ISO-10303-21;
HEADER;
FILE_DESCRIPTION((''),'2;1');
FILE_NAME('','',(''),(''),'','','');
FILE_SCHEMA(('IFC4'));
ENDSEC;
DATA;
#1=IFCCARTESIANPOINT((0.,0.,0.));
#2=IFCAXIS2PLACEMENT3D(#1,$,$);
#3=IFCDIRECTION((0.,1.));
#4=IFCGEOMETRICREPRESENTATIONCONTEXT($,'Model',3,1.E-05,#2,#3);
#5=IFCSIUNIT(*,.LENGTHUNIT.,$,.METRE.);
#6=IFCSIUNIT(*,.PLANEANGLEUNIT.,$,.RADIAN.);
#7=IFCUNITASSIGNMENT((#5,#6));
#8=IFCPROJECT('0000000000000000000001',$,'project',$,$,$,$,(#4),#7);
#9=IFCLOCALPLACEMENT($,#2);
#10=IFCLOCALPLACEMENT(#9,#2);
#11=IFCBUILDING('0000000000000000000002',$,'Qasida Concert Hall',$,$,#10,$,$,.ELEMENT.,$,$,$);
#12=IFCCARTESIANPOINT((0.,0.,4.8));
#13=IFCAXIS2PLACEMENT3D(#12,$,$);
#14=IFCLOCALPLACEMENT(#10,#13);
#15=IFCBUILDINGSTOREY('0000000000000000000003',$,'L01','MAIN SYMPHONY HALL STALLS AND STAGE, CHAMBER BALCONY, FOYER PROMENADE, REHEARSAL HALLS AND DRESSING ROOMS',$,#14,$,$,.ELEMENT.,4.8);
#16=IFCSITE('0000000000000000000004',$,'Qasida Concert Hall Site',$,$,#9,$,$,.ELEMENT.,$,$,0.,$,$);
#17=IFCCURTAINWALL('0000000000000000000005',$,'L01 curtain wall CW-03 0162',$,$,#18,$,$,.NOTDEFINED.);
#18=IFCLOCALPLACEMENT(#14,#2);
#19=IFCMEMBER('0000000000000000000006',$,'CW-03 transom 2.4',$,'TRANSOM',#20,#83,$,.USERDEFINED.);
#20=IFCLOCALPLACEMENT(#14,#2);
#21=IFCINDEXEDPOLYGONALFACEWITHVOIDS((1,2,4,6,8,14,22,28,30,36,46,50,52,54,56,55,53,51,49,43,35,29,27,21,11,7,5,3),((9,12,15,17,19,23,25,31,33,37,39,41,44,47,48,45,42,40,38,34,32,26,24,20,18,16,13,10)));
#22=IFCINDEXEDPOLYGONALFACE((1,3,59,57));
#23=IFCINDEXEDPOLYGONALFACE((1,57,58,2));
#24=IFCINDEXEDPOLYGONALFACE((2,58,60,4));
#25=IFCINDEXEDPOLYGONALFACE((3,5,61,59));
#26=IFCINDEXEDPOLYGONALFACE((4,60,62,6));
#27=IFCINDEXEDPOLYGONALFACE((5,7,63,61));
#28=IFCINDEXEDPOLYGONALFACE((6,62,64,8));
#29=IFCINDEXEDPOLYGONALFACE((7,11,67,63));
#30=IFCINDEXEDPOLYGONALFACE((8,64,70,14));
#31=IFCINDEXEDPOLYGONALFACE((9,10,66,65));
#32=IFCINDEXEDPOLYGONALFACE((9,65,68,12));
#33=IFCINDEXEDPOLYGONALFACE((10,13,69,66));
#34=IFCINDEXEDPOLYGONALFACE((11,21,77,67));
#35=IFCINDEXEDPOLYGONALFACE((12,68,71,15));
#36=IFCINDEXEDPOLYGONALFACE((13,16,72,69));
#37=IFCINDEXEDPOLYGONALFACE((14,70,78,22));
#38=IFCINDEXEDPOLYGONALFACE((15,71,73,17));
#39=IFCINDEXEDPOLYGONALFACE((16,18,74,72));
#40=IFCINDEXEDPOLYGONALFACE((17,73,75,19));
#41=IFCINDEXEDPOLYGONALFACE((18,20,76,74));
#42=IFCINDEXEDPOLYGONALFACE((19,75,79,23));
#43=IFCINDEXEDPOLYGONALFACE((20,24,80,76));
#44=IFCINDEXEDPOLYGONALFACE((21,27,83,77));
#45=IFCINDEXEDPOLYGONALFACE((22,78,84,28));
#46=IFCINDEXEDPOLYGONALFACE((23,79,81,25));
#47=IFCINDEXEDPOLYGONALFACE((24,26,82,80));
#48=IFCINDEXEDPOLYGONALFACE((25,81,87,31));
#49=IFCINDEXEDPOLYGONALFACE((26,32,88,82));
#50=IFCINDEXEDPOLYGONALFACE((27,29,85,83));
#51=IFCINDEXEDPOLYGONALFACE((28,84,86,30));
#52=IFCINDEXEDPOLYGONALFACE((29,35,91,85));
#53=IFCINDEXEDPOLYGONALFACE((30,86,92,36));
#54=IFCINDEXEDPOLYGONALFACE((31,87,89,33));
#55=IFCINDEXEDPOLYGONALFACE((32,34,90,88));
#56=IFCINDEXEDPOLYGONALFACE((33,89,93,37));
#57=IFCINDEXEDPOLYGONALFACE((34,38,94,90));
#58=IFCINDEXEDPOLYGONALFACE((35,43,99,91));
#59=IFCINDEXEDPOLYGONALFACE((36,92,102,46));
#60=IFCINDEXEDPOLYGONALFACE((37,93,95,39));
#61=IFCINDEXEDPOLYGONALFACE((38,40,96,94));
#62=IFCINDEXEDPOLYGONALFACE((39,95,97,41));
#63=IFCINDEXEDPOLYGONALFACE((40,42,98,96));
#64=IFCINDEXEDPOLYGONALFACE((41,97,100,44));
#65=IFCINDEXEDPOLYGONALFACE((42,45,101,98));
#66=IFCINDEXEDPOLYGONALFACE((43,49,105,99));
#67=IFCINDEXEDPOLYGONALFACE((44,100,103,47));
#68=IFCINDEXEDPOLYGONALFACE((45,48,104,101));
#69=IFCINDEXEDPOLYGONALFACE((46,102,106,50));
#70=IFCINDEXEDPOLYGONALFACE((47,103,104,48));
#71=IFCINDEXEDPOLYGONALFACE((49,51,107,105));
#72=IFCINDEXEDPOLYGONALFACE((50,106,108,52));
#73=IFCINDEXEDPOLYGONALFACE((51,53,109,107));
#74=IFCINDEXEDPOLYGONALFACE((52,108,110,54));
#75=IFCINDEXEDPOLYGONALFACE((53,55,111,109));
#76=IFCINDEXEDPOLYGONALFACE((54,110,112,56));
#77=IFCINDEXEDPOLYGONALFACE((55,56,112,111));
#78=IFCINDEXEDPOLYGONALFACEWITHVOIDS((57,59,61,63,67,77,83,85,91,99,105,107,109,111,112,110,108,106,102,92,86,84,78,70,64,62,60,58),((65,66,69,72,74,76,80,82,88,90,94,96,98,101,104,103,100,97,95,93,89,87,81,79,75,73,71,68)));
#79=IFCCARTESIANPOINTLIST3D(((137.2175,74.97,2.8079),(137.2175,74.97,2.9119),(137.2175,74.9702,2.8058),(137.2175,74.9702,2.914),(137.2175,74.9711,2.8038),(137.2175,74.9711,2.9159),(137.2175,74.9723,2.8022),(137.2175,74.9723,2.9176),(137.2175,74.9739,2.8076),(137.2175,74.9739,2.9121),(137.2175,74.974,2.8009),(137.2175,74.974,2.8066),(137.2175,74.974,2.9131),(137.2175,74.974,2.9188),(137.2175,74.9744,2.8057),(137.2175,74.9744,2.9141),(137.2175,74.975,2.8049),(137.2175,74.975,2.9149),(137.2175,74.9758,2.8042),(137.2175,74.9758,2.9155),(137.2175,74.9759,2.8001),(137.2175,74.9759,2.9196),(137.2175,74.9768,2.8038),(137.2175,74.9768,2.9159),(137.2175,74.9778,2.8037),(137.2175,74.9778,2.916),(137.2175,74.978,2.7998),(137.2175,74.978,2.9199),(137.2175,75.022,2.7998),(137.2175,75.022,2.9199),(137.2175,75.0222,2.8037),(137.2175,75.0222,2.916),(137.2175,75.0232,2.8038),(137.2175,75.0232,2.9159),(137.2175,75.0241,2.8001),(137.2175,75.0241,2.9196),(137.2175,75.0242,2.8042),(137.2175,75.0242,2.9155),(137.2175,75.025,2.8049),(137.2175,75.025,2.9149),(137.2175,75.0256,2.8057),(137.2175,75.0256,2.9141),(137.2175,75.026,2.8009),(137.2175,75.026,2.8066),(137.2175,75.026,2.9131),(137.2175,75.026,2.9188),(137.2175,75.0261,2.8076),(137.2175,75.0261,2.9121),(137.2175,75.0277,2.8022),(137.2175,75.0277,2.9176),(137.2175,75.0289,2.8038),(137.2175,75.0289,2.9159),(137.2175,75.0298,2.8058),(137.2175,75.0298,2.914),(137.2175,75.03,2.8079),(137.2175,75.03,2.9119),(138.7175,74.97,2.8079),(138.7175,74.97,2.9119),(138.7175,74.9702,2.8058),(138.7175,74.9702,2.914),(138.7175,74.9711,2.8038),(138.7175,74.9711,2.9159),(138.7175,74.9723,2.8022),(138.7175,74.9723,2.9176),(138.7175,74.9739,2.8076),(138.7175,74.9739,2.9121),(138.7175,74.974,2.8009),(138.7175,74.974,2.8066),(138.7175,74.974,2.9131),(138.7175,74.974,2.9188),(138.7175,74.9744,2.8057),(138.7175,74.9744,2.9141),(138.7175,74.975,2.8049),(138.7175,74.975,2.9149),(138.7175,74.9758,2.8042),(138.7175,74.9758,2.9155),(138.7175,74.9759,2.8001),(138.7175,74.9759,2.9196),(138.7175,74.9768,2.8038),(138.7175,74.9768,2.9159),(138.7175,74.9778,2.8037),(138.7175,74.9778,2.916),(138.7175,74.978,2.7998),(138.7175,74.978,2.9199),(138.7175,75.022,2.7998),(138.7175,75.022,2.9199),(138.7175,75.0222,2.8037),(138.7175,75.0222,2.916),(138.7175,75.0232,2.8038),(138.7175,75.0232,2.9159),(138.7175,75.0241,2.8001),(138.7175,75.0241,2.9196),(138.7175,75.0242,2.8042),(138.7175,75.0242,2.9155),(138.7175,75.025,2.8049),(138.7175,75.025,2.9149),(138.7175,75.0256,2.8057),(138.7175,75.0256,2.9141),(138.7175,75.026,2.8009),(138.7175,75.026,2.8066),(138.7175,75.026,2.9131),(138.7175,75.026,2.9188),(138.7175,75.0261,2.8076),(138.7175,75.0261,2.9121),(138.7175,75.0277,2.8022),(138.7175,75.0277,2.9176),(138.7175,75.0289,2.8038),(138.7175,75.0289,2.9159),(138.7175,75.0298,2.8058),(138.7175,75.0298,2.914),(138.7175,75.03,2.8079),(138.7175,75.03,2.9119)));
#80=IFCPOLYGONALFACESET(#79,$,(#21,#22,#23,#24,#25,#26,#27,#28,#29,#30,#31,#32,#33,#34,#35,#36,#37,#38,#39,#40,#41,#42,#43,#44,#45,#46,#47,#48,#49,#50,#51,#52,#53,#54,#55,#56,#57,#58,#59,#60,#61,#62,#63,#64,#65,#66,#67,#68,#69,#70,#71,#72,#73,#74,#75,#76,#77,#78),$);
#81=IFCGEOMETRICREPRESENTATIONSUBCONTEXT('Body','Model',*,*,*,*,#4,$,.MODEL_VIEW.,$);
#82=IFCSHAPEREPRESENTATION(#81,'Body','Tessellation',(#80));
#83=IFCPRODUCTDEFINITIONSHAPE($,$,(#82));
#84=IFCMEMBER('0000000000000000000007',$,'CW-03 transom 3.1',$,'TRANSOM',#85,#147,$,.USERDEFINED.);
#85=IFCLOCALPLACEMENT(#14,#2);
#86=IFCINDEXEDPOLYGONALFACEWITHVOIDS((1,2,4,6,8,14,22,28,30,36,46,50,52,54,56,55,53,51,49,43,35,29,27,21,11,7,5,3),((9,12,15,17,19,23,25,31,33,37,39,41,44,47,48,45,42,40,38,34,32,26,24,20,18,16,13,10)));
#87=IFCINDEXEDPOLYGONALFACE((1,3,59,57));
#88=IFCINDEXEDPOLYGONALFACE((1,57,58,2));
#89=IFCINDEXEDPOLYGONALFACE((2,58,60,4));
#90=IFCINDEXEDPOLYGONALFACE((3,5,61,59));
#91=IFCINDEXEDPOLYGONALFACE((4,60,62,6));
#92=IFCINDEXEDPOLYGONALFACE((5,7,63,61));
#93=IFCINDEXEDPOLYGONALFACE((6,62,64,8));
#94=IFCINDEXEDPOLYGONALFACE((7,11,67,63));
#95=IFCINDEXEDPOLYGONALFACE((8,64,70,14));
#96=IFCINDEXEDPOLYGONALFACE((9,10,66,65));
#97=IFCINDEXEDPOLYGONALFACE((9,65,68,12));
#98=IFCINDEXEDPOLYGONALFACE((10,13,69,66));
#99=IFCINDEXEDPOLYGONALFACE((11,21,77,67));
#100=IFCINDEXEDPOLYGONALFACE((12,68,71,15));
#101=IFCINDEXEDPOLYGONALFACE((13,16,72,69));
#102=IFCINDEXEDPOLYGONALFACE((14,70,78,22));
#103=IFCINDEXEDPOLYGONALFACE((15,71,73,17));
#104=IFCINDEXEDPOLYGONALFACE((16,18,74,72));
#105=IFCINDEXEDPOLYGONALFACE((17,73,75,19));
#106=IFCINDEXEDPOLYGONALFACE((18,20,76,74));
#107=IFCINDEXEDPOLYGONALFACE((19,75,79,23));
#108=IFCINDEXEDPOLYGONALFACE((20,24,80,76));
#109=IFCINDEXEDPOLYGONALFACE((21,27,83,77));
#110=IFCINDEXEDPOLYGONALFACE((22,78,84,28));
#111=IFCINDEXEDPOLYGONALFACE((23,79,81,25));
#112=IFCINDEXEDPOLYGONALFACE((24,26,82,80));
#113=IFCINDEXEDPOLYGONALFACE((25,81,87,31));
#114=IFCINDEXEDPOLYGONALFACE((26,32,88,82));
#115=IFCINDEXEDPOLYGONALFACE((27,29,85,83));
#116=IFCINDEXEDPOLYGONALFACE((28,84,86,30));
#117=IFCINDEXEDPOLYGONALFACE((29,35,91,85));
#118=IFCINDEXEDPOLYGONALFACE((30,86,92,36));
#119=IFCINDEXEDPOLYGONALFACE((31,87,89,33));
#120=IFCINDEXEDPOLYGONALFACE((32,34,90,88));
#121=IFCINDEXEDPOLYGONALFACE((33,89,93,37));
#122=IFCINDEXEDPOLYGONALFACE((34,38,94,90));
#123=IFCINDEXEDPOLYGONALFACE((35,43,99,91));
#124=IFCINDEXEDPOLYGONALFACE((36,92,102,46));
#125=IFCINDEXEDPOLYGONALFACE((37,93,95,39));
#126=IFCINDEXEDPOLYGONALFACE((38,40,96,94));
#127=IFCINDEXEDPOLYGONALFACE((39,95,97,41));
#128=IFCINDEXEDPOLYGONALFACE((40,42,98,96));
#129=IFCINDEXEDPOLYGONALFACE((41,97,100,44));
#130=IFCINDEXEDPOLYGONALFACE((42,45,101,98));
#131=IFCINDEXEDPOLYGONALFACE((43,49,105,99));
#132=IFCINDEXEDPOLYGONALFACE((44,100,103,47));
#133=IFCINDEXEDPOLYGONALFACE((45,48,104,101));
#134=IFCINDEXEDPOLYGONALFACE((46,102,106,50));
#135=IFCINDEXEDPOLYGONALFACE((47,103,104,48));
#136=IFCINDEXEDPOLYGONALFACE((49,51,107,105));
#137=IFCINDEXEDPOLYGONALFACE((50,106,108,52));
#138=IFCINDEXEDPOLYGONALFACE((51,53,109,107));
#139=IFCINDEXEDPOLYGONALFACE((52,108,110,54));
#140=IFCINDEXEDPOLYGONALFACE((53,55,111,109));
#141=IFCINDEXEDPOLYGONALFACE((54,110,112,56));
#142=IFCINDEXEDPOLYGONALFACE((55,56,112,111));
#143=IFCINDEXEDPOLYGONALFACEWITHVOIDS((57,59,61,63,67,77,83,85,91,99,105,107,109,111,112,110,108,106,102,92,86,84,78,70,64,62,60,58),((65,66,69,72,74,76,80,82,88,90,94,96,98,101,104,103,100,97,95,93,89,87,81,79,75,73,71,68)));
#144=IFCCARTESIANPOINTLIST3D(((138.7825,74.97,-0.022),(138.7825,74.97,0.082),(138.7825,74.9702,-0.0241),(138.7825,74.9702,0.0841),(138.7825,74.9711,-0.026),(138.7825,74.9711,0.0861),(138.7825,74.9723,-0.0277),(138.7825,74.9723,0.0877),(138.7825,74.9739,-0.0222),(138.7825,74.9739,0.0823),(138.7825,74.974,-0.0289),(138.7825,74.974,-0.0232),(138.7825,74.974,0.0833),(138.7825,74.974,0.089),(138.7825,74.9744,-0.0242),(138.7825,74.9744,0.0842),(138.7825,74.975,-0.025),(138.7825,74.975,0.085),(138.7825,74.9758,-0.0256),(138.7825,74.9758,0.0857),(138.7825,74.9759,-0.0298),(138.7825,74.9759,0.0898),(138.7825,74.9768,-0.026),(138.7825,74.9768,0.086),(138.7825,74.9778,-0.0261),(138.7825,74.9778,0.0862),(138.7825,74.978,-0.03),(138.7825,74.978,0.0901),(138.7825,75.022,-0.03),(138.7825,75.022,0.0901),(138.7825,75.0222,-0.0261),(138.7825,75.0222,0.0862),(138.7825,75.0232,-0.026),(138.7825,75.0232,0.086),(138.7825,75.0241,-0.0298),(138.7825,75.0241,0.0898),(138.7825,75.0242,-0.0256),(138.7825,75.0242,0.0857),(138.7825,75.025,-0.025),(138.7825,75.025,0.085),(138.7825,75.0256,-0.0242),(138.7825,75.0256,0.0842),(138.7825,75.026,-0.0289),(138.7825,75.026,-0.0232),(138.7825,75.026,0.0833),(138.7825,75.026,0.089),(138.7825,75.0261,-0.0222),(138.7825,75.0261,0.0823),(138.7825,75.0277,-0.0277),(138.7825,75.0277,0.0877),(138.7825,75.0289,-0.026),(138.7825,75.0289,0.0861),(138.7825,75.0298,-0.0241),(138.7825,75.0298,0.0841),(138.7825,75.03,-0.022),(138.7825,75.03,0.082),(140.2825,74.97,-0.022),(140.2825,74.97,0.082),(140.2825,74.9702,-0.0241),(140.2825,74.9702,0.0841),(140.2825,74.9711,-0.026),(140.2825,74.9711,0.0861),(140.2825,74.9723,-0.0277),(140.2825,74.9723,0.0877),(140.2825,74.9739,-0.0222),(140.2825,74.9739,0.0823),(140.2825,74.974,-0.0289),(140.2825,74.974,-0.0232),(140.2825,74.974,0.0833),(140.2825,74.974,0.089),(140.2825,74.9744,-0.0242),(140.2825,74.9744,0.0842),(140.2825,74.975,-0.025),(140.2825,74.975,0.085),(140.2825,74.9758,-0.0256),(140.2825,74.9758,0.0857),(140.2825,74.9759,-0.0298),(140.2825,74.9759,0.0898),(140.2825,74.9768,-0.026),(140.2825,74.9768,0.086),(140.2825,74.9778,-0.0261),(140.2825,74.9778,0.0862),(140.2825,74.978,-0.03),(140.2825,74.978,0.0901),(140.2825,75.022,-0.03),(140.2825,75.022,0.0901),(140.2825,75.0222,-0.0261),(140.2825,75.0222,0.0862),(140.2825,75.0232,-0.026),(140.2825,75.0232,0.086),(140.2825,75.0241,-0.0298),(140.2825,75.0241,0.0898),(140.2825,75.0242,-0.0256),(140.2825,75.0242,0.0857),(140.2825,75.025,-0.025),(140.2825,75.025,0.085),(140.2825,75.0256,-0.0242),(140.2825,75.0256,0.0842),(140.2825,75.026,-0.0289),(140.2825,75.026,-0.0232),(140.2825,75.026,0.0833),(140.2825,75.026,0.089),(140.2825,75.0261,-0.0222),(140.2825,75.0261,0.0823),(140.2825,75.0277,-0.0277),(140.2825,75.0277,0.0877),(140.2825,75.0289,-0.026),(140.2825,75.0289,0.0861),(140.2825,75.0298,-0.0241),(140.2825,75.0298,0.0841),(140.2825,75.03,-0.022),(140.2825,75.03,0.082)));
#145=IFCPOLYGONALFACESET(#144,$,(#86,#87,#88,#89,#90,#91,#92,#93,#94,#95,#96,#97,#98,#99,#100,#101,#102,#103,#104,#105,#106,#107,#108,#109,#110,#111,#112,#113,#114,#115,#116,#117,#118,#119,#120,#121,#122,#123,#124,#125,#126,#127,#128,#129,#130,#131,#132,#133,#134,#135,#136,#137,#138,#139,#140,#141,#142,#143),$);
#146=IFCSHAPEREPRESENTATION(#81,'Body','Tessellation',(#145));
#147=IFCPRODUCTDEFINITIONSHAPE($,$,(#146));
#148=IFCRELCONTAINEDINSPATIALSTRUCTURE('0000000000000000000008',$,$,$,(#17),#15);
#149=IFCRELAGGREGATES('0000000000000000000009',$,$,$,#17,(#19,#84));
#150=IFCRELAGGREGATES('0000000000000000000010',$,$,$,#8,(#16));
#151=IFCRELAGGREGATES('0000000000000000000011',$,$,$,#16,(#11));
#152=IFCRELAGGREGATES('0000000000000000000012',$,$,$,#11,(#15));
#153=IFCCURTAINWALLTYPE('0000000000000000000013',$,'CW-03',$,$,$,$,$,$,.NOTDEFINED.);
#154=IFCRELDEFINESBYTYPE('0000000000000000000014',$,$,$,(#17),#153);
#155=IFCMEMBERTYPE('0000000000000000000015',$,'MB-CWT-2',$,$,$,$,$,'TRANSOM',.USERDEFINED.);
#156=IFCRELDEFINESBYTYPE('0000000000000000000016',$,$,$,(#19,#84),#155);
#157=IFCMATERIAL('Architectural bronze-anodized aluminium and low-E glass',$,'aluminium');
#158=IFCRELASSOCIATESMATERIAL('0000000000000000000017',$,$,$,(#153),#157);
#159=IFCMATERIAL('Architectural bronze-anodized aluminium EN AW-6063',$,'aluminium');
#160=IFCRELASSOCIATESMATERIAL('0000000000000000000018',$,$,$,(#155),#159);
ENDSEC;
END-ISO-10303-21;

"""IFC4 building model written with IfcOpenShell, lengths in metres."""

from ifc_helpers import new_model, si_unit, direction, frame, origin, origin_2d, place, context, subcontext, project, spatial, hollow_rectangle, extrude, material, material_profile, profile_set, type_object, element, aggregate, save


model = new_model("IFC4")

# Units and contexts
model_context = context("Model", 3, precision=1e-05, world=origin(), true_north=direction((0.0, 1.0)))
body_context = subcontext(model_context, "Body", "Model", "MODEL_VIEW")
ifc_project = project(units=[si_unit("LENGTHUNIT", "METRE"), si_unit("PLANEANGLEUNIT", "RADIAN")], contexts=[model_context])

# Site, building, storey
site_placement = place(None, origin())
site = spatial("IfcSite", under=ifc_project, at=site_placement, Name="Qasida Concert Hall Site", CompositionType="ELEMENT", RefElevation=0.0)
building_placement = place(site_placement, origin())
building = spatial("IfcBuilding", under=site, at=building_placement, Name="Qasida Concert Hall", CompositionType="ELEMENT")
storey_placement = place(building_placement, frame((0.0, 0.0, 4.8)))
storey = spatial("IfcBuildingStorey", under=building, at=storey_placement, Name="L01", Description="MAIN SYMPHONY HALL STALLS AND STAGE, CHAMBER BALCONY, FOYER PROMENADE, REHEARSAL HALLS AND DRESSING ROOMS", CompositionType="ELEMENT", Elevation=4.8)

# Curtain wall, members
ifc_material_1 = material(Name="Architectural bronze-anodized aluminium and low-E glass", Category="aluminium")
curtain_wall_type = type_object("IfcCurtainWallType", Name="CW-03", PredefinedType="NOTDEFINED", material=ifc_material_1)
curtain_wall_placement = place(storey_placement, origin())
curtain_wall = element("IfcCurtainWall", 1, at=curtain_wall_placement, inside=storey, type_object=curtain_wall_type, Name="L01 curtain wall CW-03 0162", PredefinedType="NOTDEFINED")
ifc_material_2 = material(Name="Architectural bronze-anodized aluminium EN AW-6063", Category="aluminium")
ifc_material_profile_1 = material_profile(ifc_material_2, hollow_rectangle(XDim=0.0601, YDim=0.1201, WallThickness=0.0039, InnerFilletRadius=0.0039, OuterFilletRadius=0.0081, at=origin_2d()), Name="CWT 120x60x4")
ifc_profile_set_1 = profile_set([ifc_material_profile_1], Name="Architectural bronze-anodized aluminium EN AW-6063")
member_type_1 = type_object("IfcMemberType", Name="MB-CWT-2", ElementType="TRANSOM", PredefinedType="USERDEFINED", material=ifc_profile_set_1)
member_1_placement = place(storey_placement, frame((137.2175, 75.0, 2.8599), z_axis=(1.0, 0.0, 0.0), x_axis=(0.0, 1.0, 0.0)))
member_1 = element("IfcMember", 2, at=member_1_placement, type_object=member_type_1, Name="CW-03 transom 2.4", ObjectType="TRANSOM", PredefinedType="USERDEFINED", context=body_context, shape_type="SweptSolid", body=[
    extrude(hollow_rectangle(XDim=0.0601, YDim=0.1201, WallThickness=0.0039, InnerFilletRadius=0.0039, OuterFilletRadius=0.0081, at=origin_2d()), origin(), (0.0, 0.0, 1.0), 1.5),
])
member_2_placement = place(storey_placement, frame((138.7825, 75.0, 0.03), z_axis=(1.0, 0.0, 0.0), x_axis=(0.0, 1.0, 0.0)))
member_2 = element("IfcMember", 3, at=member_2_placement, type_object=member_type_1, Name="CW-03 transom 3.1", ObjectType="TRANSOM", PredefinedType="USERDEFINED", context=body_context, shape_type="SweptSolid", body=[
    extrude(hollow_rectangle(XDim=0.0601, YDim=0.1201, WallThickness=0.0039, InnerFilletRadius=0.0039, OuterFilletRadius=0.0081, at=origin_2d()), origin(), (0.0, 0.0, 1.0), 1.5),
])
aggregate(curtain_wall, [member_1, member_2])

save(model, "model.ifc")
